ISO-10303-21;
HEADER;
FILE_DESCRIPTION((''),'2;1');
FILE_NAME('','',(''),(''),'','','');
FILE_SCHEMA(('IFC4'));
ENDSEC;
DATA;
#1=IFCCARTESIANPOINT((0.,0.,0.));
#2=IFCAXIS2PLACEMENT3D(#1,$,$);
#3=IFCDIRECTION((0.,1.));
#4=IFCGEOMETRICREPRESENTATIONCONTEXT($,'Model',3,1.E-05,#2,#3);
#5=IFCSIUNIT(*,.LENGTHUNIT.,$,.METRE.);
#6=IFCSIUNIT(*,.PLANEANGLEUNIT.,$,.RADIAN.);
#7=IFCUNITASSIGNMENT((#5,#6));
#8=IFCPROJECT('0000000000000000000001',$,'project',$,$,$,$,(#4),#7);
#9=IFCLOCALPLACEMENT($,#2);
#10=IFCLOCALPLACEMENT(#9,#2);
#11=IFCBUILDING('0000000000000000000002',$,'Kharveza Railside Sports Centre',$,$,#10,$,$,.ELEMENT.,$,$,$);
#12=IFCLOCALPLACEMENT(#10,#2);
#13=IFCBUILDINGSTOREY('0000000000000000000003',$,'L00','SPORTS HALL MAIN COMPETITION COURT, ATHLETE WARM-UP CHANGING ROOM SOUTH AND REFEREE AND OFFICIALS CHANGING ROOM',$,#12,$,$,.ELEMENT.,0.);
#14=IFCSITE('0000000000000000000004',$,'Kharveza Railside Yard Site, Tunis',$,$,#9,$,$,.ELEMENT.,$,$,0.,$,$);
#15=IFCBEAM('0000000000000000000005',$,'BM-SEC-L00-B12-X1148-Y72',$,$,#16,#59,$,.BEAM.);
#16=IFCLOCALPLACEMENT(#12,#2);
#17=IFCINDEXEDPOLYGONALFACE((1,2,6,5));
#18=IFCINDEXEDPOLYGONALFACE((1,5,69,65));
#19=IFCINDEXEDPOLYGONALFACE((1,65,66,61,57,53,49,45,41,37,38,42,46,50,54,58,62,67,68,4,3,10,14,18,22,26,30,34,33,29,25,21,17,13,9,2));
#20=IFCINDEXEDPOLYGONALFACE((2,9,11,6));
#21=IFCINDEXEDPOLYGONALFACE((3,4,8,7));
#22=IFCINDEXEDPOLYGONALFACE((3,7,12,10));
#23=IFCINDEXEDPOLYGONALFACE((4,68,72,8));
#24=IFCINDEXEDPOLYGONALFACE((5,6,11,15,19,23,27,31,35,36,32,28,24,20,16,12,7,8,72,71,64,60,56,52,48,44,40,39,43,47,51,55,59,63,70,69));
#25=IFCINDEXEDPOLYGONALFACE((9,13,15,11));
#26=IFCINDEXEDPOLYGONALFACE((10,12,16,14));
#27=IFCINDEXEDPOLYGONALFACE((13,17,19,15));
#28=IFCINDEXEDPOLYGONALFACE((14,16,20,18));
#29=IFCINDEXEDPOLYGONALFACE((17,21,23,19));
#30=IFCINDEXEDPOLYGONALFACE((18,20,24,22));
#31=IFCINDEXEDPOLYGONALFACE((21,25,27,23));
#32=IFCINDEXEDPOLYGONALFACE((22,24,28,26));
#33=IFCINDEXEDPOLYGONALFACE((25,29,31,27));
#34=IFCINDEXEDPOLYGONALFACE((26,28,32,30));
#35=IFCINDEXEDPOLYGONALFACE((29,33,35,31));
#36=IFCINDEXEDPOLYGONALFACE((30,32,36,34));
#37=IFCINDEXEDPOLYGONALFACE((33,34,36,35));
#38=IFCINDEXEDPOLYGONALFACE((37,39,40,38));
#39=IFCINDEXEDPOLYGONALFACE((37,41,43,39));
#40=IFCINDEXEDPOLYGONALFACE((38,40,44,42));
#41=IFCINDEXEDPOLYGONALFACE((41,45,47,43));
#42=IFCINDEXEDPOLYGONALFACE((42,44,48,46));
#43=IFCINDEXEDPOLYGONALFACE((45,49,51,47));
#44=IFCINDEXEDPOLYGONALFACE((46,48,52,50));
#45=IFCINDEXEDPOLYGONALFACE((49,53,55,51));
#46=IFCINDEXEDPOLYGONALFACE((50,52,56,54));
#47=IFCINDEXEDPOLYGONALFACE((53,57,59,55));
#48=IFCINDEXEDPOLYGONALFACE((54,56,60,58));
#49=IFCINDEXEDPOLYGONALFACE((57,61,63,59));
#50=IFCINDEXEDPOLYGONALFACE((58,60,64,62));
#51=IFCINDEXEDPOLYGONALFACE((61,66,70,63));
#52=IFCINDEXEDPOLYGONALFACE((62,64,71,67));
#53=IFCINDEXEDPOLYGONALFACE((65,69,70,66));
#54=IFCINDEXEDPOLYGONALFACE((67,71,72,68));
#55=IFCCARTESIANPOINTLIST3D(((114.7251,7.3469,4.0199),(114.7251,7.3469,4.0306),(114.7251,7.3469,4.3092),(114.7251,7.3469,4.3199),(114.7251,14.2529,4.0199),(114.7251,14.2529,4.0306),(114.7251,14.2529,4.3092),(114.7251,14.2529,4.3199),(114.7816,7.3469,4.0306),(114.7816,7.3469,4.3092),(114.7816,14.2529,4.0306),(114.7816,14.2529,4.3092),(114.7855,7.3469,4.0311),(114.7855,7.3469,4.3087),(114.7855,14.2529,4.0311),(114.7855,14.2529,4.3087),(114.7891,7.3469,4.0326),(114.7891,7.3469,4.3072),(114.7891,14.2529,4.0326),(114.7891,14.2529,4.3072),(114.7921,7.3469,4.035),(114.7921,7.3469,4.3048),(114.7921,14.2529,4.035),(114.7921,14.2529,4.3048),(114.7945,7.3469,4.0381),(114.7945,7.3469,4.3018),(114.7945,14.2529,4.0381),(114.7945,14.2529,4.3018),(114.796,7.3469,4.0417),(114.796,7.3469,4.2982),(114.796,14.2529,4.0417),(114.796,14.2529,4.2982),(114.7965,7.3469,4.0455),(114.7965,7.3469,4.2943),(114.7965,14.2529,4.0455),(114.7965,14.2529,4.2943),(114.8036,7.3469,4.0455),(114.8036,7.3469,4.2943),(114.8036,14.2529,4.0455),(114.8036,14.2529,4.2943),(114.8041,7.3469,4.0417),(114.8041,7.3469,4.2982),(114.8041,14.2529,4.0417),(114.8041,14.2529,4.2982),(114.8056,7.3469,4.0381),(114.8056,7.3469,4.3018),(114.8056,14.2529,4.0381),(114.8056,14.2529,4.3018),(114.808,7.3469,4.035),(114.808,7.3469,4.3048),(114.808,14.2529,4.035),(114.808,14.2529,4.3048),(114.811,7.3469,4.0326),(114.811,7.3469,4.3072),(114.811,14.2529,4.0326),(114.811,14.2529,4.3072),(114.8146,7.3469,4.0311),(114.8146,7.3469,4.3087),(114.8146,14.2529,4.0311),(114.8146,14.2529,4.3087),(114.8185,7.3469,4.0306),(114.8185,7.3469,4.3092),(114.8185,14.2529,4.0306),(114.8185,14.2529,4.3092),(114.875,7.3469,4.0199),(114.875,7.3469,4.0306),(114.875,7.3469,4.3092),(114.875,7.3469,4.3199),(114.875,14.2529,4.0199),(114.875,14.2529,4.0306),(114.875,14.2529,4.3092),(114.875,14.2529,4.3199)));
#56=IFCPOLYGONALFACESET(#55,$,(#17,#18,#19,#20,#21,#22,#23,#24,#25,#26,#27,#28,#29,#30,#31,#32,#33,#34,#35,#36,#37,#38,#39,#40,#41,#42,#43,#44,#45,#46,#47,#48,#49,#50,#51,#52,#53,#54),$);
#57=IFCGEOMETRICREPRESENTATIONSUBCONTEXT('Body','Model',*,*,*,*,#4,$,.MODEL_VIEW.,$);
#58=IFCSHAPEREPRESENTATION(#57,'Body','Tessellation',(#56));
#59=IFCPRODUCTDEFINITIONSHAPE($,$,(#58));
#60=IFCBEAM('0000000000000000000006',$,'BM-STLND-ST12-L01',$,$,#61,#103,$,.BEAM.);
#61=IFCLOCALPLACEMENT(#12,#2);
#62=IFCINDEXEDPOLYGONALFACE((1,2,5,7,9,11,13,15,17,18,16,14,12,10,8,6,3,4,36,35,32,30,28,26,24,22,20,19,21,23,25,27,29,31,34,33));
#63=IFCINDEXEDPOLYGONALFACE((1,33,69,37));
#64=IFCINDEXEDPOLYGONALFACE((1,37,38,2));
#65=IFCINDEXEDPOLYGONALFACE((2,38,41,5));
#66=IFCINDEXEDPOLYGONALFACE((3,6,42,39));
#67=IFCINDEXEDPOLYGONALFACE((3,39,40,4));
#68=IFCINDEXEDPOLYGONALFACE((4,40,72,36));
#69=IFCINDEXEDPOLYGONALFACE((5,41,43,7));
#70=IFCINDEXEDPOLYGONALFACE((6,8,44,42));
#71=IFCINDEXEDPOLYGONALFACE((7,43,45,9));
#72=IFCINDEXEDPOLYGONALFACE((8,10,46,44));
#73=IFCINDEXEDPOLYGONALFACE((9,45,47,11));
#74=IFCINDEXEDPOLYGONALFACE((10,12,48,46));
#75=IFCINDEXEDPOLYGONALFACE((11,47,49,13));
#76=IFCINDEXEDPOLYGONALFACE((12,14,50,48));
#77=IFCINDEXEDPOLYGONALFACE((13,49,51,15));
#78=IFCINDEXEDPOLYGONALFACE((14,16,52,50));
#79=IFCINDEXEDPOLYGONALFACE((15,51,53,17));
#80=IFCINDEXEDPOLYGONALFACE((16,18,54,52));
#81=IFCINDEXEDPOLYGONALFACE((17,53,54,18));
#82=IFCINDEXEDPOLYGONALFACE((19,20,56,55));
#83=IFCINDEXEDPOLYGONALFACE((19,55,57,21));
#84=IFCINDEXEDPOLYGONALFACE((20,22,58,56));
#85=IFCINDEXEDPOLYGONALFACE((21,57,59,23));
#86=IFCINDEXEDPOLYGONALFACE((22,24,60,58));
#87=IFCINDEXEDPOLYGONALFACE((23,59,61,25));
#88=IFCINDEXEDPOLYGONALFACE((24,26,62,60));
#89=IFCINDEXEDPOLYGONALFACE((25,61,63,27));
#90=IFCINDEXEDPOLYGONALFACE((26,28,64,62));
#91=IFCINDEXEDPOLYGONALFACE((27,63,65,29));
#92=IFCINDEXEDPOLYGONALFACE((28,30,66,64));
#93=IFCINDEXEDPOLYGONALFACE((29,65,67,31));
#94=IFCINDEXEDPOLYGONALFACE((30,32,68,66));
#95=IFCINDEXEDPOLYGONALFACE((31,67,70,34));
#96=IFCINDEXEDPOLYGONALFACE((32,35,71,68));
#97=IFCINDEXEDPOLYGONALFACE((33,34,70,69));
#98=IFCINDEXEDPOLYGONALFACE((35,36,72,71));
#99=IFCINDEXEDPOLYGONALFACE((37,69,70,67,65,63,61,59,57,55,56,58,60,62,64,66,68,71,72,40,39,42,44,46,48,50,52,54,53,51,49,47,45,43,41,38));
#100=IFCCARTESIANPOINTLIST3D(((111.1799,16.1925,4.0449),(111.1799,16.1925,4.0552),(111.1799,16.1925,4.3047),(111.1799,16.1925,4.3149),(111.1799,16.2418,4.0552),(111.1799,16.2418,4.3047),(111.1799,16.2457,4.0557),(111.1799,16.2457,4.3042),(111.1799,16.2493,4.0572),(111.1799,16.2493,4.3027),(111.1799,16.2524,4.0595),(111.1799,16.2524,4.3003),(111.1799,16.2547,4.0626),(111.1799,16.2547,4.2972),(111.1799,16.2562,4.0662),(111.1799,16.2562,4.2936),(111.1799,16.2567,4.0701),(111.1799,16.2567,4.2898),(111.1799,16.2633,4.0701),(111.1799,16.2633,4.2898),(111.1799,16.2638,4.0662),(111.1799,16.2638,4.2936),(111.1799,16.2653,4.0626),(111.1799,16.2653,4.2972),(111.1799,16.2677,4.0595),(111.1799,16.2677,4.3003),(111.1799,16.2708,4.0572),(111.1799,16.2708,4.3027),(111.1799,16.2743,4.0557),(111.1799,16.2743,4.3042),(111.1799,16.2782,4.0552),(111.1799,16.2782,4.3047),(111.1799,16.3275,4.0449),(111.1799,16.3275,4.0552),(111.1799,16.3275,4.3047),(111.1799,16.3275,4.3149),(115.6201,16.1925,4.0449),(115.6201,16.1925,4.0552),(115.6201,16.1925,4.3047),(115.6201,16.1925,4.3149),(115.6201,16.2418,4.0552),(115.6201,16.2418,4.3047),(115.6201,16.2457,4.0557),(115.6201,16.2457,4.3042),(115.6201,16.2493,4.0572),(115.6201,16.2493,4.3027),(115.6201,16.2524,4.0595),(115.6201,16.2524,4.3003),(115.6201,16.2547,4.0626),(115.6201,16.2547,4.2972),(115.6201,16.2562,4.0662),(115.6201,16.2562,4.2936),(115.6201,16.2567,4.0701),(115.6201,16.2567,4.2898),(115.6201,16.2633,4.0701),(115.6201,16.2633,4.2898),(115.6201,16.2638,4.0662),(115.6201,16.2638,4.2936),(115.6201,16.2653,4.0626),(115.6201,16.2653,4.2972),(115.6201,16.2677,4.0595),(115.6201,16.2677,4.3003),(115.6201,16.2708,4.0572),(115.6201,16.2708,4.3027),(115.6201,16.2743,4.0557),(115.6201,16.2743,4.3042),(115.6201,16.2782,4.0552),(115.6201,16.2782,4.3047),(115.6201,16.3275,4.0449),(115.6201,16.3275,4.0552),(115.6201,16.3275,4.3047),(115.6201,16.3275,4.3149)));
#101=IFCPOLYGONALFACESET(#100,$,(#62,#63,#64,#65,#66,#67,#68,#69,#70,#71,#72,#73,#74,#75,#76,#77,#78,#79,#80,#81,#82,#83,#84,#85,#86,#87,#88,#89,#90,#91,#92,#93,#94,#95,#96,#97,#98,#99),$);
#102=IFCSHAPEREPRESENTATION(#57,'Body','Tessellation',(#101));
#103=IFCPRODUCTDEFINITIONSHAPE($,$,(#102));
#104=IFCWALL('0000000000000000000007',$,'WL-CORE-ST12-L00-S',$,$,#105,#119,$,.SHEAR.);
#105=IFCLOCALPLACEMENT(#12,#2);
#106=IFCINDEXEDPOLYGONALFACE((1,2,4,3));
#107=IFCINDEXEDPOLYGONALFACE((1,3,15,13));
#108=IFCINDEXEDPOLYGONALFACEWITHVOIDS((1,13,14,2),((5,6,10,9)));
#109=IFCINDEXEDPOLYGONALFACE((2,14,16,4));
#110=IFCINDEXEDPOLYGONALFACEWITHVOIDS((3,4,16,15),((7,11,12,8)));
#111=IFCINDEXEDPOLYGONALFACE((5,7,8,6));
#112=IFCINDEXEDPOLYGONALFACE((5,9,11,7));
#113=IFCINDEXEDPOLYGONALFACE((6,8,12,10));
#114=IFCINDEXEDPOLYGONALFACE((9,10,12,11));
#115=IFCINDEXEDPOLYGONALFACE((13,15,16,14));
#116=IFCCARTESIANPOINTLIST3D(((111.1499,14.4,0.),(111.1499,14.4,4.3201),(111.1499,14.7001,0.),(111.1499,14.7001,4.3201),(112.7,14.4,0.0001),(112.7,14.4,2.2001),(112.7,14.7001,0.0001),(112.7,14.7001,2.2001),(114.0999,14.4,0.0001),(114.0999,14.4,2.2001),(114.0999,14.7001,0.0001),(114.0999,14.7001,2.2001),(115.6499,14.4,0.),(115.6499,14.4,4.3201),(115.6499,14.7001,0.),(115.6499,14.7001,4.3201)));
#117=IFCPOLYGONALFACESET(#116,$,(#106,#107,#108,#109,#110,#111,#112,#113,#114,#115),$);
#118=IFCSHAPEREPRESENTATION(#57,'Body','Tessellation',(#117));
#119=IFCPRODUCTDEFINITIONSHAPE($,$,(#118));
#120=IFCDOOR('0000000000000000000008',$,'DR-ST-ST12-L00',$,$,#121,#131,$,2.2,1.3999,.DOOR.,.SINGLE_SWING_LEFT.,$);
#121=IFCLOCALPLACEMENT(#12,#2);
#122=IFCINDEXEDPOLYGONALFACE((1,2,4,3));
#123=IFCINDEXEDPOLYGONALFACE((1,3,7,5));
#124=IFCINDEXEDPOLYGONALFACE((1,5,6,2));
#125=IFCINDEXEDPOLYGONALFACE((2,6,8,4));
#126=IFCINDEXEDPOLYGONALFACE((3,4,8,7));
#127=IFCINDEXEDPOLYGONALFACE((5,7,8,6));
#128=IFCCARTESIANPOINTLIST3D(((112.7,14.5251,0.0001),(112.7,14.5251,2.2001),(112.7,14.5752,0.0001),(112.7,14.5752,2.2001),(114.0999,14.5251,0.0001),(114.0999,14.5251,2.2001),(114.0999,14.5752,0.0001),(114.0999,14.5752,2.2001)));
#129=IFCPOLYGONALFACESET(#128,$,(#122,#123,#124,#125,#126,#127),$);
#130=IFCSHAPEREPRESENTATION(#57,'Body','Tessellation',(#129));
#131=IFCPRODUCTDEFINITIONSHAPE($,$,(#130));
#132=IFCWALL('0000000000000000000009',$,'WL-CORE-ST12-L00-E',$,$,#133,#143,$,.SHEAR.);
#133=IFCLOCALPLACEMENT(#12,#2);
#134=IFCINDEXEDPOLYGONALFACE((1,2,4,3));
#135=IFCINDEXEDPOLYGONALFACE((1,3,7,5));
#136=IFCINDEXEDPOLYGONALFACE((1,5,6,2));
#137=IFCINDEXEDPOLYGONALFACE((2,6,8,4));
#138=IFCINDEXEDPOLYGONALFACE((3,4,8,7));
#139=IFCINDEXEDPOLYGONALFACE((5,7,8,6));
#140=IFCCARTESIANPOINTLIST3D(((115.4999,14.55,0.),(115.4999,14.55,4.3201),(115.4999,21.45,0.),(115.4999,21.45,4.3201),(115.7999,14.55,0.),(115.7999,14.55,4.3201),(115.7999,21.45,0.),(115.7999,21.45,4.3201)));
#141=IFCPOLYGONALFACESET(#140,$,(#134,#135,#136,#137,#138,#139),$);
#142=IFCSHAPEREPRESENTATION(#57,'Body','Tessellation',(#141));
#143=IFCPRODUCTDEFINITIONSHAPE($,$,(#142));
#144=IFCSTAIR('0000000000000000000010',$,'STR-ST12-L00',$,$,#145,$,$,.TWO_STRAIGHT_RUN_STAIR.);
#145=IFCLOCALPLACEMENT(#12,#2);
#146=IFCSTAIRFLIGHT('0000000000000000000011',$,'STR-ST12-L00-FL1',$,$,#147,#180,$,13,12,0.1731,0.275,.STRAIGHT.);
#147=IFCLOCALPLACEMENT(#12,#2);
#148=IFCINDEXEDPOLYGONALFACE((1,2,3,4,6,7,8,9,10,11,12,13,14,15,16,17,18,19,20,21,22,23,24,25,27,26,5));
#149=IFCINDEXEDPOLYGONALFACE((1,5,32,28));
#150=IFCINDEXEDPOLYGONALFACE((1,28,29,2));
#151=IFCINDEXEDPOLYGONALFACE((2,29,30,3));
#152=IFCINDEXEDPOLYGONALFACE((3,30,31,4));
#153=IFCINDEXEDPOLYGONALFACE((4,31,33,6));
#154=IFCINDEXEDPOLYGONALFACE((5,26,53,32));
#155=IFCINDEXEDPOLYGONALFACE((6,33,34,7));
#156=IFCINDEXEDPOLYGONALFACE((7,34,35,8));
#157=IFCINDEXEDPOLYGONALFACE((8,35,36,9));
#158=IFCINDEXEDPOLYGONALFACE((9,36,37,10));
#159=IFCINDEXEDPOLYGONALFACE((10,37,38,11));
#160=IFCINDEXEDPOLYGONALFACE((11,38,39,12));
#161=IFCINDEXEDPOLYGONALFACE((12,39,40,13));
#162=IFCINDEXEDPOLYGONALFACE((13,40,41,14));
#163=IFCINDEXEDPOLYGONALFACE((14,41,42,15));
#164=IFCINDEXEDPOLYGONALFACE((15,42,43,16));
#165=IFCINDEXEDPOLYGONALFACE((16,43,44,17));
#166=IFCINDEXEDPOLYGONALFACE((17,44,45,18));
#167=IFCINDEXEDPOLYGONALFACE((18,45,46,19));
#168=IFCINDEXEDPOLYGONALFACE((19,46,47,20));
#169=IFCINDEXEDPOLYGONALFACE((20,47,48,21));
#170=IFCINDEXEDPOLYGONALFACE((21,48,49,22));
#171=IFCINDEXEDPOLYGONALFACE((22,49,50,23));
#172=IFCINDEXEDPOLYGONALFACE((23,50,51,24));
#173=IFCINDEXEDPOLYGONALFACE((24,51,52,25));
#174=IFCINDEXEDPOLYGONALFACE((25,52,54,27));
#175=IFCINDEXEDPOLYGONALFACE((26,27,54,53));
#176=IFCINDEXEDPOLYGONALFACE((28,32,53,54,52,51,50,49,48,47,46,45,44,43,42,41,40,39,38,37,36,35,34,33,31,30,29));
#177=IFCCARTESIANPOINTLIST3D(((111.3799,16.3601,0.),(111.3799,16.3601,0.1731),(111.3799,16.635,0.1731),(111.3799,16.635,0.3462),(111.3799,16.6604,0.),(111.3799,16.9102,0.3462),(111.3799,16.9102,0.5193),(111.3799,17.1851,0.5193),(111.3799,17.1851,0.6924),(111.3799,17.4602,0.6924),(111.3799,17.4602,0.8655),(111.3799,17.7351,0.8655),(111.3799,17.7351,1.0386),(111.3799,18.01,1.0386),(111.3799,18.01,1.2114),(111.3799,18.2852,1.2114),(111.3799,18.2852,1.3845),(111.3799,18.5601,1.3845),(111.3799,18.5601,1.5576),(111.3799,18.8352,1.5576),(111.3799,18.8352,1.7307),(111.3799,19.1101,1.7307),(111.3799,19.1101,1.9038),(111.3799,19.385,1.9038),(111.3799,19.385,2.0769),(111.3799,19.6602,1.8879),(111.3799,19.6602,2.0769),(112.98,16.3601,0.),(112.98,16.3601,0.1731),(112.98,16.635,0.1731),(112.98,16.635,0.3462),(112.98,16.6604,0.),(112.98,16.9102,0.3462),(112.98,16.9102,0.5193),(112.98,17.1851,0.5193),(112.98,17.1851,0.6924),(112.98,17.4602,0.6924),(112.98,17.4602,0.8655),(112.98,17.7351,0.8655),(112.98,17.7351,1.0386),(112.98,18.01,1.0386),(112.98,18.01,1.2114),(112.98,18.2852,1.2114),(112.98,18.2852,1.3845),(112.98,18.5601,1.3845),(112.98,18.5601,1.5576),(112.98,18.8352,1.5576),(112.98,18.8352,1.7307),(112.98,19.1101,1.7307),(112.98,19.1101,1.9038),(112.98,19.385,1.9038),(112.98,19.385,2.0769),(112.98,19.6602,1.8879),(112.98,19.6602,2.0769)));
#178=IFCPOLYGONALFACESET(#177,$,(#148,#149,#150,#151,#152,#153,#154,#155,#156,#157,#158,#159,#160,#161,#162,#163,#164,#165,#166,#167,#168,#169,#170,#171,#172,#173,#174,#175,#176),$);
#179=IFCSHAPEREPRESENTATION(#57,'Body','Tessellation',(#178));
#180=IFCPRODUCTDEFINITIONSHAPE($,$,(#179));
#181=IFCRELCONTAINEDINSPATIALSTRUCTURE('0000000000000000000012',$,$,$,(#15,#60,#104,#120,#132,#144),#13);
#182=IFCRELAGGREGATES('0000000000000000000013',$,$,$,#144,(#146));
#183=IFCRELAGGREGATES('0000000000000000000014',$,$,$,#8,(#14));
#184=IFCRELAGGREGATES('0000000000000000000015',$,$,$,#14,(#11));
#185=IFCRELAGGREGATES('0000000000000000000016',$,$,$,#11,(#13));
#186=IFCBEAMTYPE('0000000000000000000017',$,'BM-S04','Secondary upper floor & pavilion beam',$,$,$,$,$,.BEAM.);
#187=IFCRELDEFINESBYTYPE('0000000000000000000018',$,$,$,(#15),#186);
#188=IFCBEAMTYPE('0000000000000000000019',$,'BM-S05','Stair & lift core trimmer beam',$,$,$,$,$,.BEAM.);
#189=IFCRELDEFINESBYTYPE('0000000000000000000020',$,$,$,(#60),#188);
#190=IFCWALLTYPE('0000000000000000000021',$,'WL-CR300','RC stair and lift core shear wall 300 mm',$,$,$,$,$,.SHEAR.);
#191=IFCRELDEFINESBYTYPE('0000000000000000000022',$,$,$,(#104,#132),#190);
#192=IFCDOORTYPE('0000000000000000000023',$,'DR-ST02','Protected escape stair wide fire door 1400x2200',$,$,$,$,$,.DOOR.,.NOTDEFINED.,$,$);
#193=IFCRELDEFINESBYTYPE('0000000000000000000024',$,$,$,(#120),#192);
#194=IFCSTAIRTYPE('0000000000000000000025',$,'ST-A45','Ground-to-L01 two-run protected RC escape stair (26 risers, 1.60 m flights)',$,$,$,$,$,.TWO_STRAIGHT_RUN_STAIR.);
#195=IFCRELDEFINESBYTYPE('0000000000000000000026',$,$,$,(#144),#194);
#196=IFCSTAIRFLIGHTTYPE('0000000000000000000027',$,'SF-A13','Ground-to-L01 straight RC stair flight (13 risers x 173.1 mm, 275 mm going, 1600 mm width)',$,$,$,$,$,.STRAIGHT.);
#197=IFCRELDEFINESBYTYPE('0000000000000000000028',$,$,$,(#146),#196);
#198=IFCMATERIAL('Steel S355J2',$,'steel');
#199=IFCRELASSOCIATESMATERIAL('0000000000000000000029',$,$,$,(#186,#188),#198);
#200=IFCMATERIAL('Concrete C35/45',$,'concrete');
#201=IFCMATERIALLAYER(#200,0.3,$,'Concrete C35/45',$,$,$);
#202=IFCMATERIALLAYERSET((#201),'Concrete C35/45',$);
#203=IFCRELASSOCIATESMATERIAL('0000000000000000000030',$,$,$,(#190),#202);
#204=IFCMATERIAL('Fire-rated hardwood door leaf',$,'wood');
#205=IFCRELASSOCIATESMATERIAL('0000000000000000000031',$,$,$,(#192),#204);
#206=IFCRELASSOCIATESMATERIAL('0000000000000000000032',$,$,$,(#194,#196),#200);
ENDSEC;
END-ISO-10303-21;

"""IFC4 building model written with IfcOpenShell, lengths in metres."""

from ifc_helpers import new_model, si_unit, direction, frame, frame_2d, origin, origin_2d, place, context, subcontext, project, spatial, polyline, rectangle, i_section, outline, extrude, material, layer, layer_set, material_profile, profile_set, type_object, element, fill, aggregate, save


model = new_model("IFC4")

# Units and contexts
model_context = context("Model", 3, precision=1e-05, world=origin(), true_north=direction((0.0, 1.0)))
body_context = subcontext(model_context, "Body", "Model", "MODEL_VIEW")
ifc_project = project(units=[si_unit("LENGTHUNIT", "METRE"), si_unit("PLANEANGLEUNIT", "RADIAN")], contexts=[model_context])

# Site, building, storey
site_placement = place(None, origin())
site = spatial("IfcSite", under=ifc_project, at=site_placement, Name="Kharveza Railside Yard Site, Tunis", CompositionType="ELEMENT", RefElevation=0.0)
building_placement = place(site_placement, origin())
building = spatial("IfcBuilding", under=site, at=building_placement, Name="Kharveza Railside Sports Centre", CompositionType="ELEMENT")
storey_placement = place(building_placement, origin())
storey = spatial("IfcBuildingStorey", under=building, at=storey_placement, Name="L00", Description="SPORTS HALL MAIN COMPETITION COURT, ATHLETE WARM-UP CHANGING ROOM SOUTH AND REFEREE AND OFFICIALS CHANGING ROOM", CompositionType="ELEMENT", Elevation=0.0)

# Shared definitions
ifc_material_1 = material(Name="Concrete C35/45", Category="concrete")

# Shared definitions
ifc_material_2 = material(Name="Steel S355J2", Category="steel")

# Beams
ifc_material_profile_1 = material_profile(ifc_material_2, i_section(OverallWidth=0.1499, OverallDepth=0.3, WebThickness=0.0071, FlangeThickness=0.0107, FilletRadius=0.0149, at=origin_2d()), Name="IPE 300")
ifc_profile_set_1 = profile_set([ifc_material_profile_1], Name="Steel S355J2")
beam_type_1 = type_object("IfcBeamType", Name="BM-S04", Description="Secondary upper floor & pavilion beam", PredefinedType="BEAM", material=ifc_profile_set_1)
beam_1_placement = place(storey_placement, frame((114.8, 7.3469, 4.1699), z_axis=(0.0, 1.0, 0.0), x_axis=(-1.0, 0.0, 0.0)))
element("IfcBeam", 1, at=beam_1_placement, inside=storey, type_object=beam_type_1, Name="BM-SEC-L00-B12-X1148-Y72", PredefinedType="BEAM", context=body_context, shape_type="SweptSolid", body=[
    extrude(i_section(OverallWidth=0.1499, OverallDepth=0.3, WebThickness=0.0071, FlangeThickness=0.0107, FilletRadius=0.0149, at=origin_2d()), origin(), (0.0, 0.0, 1.0), 6.906),
])
ifc_material_profile_2 = material_profile(ifc_material_2, i_section(OverallWidth=0.135, OverallDepth=0.27, WebThickness=0.0066, FlangeThickness=0.0103, FilletRadius=0.0149, at=origin_2d()), Name="IPE 270")
ifc_profile_set_2 = profile_set([ifc_material_profile_2], Name="Steel S355J2")
beam_type_2 = type_object("IfcBeamType", Name="BM-S05", Description="Stair & lift core trimmer beam", PredefinedType="BEAM", material=ifc_profile_set_2)
beam_2_placement = place(storey_placement, frame((111.1799, 16.26, 4.1799), z_axis=(1.0, 0.0, 0.0), x_axis=(0.0, 1.0, 0.0)))
element("IfcBeam", 2, at=beam_2_placement, inside=storey, type_object=beam_type_2, Name="BM-STLND-ST12-L01", PredefinedType="BEAM", context=body_context, shape_type="SweptSolid", body=[
    extrude(i_section(OverallWidth=0.135, OverallDepth=0.27, WebThickness=0.0066, FlangeThickness=0.0103, FilletRadius=0.0149, at=origin_2d()), origin(), (0.0, 0.0, 1.0), 4.4402),
])

# Wall, opening, door
ifc_layer = layer(ifc_material_1, 0.3, Name="Concrete C35/45")
ifc_layer_set = layer_set([ifc_layer], Name="Concrete C35/45")
wall_type = type_object("IfcWallType", Name="WL-CR300", Description="RC stair and lift core shear wall 300 mm", PredefinedType="SHEAR", material=ifc_layer_set)
wall_1_placement = place(storey_placement, frame((111.1499, 14.55, 0.0), z_axis=(0.0, 0.0, 1.0), x_axis=(1.0, 0.0, 0.0)))
wall_1 = element("IfcWall", 3, at=wall_1_placement, inside=storey, type_object=wall_type, Name="WL-CORE-ST12-L00-S", PredefinedType="SHEAR", context=body_context, shape_type="SweptSolid", body=[
    extrude(rectangle(XDim=4.5, YDim=0.3, at=frame_2d((2.25, 0.0))), origin(), (0.0, 0.0, 1.0), 4.3201),
])
opening_placement = place(wall_1_placement, frame((1.55, 0.0, 0.0)))
opening = element("IfcOpeningElement", 4, at=opening_placement, cuts=wall_1, PredefinedType="OPENING", context=body_context, shape_type="SweptSolid", body=[
    extrude(rectangle(XDim=1.3999, YDim=2.2, at=frame_2d((0.7, 1.1001))), frame((0.0, 0.1748, 0.0), z_axis=(0.0, -1.0, 0.0), x_axis=(1.0, 0.0, 0.0)), (0.0, 0.0, 1.0), 0.3499),
])
ifc_material_3 = material(Name="Fire-rated hardwood door leaf", Category="wood")
door_type = type_object("IfcDoorType", Name="DR-ST02", Description="Protected escape stair wide fire door 1400x2200", OperationType="NOTDEFINED", PredefinedType="DOOR", material=ifc_material_3)
door_placement = place(opening_placement, frame((1.3999, 0.0, 0.0), z_axis=(0.0, 0.0, 1.0), x_axis=(-1.0, 0.0, 0.0)))
door = element("IfcDoor", 5, at=door_placement, inside=storey, type_object=door_type, Name="DR-ST-ST12-L00", OperationType="SINGLE_SWING_LEFT", OverallHeight=2.2, OverallWidth=1.3999, PredefinedType="DOOR", context=body_context, shape_type="SweptSolid", body=[
    extrude(rectangle(XDim=1.3999, YDim=2.2, at=frame_2d((0.7, 1.1001))), frame((0.0, 0.0249, 0.0), z_axis=(0.0, -1.0, 0.0), x_axis=(1.0, 0.0, 0.0)), (0.0, 0.0, 1.0), 0.05),
])
fill(opening, door)

# Wall
wall_2_placement = place(storey_placement, frame((115.6499, 14.55, 0.0), z_axis=(0.0, 0.0, 1.0), x_axis=(0.0, 1.0, 0.0)))
element("IfcWall", 6, at=wall_2_placement, inside=storey, type_object=wall_type, Name="WL-CORE-ST12-L00-E", PredefinedType="SHEAR", context=body_context, shape_type="SweptSolid", body=[
    extrude(rectangle(XDim=6.8999, YDim=0.3, at=frame_2d((3.45, 0.0))), origin(), (0.0, 0.0, 1.0), 4.3201),
])

# Stair, stair flight
stair_type = type_object("IfcStairType", Name="ST-A45", Description="Ground-to-L01 two-run protected RC escape stair (26 risers, 1.60 m flights)", PredefinedType="TWO_STRAIGHT_RUN_STAIR", material=ifc_material_1)
stair_placement = place(storey_placement, origin())
stair = element("IfcStair", 7, at=stair_placement, inside=storey, type_object=stair_type, Name="STR-ST12-L00", PredefinedType="TWO_STRAIGHT_RUN_STAIR")
stair_flight_type = type_object("IfcStairFlightType", Name="SF-A13", Description="Ground-to-L01 straight RC stair flight (13 risers x 173.1 mm, 275 mm going, 1600 mm width)", PredefinedType="STRAIGHT", material=ifc_material_1)
stair_flight_placement = place(storey_placement, frame((112.1799, 16.3601, 0.0), z_axis=(0.0, 0.0, 1.0), x_axis=(0.0, 1.0, 0.0)))
stair_flight = element("IfcStairFlight", 8, at=stair_flight_placement, type_object=stair_flight_type, Name="STR-ST12-L00-FL1", NumberOfRisers=13, NumberOfTreads=12, PredefinedType="STRAIGHT", RiserHeight=0.1731, TreadLength=0.275, context=body_context, shape_type="SweptSolid", body=[
    extrude(outline(polyline([(0.0, 0.0), (0.0, 0.1731), (0.2749, 0.1731), (0.2749, 0.3462), (0.55, 0.3462), (0.55, 0.5193), (0.825, 0.5193), (0.825, 0.6924), (1.1001, 0.6924), (1.1001, 0.8655), (1.375, 0.8655), (1.375, 1.0386), (1.6499, 1.0386), (1.6499, 1.2114), (1.925, 1.2114), (1.925, 1.3845), (2.2, 1.3845), (2.2, 1.5576), (2.4751, 1.5576), (2.4751, 1.7307), (2.75, 1.7307), (2.75, 1.9038), (3.0249, 1.9038), (3.0249, 2.0769), (3.3, 2.0769), (3.3, 2.25), (3.3, 1.8879), (0.3003, 0.0), (0.0, 0.0)])), frame((0.0, 0.8, 0.0), z_axis=(0.0, -1.0, 0.0), x_axis=(1.0, 0.0, 0.0)), (0.0, 0.0, 1.0), 1.6001),
])
aggregate(stair, [stair_flight])

save(model, "model.ifc")
